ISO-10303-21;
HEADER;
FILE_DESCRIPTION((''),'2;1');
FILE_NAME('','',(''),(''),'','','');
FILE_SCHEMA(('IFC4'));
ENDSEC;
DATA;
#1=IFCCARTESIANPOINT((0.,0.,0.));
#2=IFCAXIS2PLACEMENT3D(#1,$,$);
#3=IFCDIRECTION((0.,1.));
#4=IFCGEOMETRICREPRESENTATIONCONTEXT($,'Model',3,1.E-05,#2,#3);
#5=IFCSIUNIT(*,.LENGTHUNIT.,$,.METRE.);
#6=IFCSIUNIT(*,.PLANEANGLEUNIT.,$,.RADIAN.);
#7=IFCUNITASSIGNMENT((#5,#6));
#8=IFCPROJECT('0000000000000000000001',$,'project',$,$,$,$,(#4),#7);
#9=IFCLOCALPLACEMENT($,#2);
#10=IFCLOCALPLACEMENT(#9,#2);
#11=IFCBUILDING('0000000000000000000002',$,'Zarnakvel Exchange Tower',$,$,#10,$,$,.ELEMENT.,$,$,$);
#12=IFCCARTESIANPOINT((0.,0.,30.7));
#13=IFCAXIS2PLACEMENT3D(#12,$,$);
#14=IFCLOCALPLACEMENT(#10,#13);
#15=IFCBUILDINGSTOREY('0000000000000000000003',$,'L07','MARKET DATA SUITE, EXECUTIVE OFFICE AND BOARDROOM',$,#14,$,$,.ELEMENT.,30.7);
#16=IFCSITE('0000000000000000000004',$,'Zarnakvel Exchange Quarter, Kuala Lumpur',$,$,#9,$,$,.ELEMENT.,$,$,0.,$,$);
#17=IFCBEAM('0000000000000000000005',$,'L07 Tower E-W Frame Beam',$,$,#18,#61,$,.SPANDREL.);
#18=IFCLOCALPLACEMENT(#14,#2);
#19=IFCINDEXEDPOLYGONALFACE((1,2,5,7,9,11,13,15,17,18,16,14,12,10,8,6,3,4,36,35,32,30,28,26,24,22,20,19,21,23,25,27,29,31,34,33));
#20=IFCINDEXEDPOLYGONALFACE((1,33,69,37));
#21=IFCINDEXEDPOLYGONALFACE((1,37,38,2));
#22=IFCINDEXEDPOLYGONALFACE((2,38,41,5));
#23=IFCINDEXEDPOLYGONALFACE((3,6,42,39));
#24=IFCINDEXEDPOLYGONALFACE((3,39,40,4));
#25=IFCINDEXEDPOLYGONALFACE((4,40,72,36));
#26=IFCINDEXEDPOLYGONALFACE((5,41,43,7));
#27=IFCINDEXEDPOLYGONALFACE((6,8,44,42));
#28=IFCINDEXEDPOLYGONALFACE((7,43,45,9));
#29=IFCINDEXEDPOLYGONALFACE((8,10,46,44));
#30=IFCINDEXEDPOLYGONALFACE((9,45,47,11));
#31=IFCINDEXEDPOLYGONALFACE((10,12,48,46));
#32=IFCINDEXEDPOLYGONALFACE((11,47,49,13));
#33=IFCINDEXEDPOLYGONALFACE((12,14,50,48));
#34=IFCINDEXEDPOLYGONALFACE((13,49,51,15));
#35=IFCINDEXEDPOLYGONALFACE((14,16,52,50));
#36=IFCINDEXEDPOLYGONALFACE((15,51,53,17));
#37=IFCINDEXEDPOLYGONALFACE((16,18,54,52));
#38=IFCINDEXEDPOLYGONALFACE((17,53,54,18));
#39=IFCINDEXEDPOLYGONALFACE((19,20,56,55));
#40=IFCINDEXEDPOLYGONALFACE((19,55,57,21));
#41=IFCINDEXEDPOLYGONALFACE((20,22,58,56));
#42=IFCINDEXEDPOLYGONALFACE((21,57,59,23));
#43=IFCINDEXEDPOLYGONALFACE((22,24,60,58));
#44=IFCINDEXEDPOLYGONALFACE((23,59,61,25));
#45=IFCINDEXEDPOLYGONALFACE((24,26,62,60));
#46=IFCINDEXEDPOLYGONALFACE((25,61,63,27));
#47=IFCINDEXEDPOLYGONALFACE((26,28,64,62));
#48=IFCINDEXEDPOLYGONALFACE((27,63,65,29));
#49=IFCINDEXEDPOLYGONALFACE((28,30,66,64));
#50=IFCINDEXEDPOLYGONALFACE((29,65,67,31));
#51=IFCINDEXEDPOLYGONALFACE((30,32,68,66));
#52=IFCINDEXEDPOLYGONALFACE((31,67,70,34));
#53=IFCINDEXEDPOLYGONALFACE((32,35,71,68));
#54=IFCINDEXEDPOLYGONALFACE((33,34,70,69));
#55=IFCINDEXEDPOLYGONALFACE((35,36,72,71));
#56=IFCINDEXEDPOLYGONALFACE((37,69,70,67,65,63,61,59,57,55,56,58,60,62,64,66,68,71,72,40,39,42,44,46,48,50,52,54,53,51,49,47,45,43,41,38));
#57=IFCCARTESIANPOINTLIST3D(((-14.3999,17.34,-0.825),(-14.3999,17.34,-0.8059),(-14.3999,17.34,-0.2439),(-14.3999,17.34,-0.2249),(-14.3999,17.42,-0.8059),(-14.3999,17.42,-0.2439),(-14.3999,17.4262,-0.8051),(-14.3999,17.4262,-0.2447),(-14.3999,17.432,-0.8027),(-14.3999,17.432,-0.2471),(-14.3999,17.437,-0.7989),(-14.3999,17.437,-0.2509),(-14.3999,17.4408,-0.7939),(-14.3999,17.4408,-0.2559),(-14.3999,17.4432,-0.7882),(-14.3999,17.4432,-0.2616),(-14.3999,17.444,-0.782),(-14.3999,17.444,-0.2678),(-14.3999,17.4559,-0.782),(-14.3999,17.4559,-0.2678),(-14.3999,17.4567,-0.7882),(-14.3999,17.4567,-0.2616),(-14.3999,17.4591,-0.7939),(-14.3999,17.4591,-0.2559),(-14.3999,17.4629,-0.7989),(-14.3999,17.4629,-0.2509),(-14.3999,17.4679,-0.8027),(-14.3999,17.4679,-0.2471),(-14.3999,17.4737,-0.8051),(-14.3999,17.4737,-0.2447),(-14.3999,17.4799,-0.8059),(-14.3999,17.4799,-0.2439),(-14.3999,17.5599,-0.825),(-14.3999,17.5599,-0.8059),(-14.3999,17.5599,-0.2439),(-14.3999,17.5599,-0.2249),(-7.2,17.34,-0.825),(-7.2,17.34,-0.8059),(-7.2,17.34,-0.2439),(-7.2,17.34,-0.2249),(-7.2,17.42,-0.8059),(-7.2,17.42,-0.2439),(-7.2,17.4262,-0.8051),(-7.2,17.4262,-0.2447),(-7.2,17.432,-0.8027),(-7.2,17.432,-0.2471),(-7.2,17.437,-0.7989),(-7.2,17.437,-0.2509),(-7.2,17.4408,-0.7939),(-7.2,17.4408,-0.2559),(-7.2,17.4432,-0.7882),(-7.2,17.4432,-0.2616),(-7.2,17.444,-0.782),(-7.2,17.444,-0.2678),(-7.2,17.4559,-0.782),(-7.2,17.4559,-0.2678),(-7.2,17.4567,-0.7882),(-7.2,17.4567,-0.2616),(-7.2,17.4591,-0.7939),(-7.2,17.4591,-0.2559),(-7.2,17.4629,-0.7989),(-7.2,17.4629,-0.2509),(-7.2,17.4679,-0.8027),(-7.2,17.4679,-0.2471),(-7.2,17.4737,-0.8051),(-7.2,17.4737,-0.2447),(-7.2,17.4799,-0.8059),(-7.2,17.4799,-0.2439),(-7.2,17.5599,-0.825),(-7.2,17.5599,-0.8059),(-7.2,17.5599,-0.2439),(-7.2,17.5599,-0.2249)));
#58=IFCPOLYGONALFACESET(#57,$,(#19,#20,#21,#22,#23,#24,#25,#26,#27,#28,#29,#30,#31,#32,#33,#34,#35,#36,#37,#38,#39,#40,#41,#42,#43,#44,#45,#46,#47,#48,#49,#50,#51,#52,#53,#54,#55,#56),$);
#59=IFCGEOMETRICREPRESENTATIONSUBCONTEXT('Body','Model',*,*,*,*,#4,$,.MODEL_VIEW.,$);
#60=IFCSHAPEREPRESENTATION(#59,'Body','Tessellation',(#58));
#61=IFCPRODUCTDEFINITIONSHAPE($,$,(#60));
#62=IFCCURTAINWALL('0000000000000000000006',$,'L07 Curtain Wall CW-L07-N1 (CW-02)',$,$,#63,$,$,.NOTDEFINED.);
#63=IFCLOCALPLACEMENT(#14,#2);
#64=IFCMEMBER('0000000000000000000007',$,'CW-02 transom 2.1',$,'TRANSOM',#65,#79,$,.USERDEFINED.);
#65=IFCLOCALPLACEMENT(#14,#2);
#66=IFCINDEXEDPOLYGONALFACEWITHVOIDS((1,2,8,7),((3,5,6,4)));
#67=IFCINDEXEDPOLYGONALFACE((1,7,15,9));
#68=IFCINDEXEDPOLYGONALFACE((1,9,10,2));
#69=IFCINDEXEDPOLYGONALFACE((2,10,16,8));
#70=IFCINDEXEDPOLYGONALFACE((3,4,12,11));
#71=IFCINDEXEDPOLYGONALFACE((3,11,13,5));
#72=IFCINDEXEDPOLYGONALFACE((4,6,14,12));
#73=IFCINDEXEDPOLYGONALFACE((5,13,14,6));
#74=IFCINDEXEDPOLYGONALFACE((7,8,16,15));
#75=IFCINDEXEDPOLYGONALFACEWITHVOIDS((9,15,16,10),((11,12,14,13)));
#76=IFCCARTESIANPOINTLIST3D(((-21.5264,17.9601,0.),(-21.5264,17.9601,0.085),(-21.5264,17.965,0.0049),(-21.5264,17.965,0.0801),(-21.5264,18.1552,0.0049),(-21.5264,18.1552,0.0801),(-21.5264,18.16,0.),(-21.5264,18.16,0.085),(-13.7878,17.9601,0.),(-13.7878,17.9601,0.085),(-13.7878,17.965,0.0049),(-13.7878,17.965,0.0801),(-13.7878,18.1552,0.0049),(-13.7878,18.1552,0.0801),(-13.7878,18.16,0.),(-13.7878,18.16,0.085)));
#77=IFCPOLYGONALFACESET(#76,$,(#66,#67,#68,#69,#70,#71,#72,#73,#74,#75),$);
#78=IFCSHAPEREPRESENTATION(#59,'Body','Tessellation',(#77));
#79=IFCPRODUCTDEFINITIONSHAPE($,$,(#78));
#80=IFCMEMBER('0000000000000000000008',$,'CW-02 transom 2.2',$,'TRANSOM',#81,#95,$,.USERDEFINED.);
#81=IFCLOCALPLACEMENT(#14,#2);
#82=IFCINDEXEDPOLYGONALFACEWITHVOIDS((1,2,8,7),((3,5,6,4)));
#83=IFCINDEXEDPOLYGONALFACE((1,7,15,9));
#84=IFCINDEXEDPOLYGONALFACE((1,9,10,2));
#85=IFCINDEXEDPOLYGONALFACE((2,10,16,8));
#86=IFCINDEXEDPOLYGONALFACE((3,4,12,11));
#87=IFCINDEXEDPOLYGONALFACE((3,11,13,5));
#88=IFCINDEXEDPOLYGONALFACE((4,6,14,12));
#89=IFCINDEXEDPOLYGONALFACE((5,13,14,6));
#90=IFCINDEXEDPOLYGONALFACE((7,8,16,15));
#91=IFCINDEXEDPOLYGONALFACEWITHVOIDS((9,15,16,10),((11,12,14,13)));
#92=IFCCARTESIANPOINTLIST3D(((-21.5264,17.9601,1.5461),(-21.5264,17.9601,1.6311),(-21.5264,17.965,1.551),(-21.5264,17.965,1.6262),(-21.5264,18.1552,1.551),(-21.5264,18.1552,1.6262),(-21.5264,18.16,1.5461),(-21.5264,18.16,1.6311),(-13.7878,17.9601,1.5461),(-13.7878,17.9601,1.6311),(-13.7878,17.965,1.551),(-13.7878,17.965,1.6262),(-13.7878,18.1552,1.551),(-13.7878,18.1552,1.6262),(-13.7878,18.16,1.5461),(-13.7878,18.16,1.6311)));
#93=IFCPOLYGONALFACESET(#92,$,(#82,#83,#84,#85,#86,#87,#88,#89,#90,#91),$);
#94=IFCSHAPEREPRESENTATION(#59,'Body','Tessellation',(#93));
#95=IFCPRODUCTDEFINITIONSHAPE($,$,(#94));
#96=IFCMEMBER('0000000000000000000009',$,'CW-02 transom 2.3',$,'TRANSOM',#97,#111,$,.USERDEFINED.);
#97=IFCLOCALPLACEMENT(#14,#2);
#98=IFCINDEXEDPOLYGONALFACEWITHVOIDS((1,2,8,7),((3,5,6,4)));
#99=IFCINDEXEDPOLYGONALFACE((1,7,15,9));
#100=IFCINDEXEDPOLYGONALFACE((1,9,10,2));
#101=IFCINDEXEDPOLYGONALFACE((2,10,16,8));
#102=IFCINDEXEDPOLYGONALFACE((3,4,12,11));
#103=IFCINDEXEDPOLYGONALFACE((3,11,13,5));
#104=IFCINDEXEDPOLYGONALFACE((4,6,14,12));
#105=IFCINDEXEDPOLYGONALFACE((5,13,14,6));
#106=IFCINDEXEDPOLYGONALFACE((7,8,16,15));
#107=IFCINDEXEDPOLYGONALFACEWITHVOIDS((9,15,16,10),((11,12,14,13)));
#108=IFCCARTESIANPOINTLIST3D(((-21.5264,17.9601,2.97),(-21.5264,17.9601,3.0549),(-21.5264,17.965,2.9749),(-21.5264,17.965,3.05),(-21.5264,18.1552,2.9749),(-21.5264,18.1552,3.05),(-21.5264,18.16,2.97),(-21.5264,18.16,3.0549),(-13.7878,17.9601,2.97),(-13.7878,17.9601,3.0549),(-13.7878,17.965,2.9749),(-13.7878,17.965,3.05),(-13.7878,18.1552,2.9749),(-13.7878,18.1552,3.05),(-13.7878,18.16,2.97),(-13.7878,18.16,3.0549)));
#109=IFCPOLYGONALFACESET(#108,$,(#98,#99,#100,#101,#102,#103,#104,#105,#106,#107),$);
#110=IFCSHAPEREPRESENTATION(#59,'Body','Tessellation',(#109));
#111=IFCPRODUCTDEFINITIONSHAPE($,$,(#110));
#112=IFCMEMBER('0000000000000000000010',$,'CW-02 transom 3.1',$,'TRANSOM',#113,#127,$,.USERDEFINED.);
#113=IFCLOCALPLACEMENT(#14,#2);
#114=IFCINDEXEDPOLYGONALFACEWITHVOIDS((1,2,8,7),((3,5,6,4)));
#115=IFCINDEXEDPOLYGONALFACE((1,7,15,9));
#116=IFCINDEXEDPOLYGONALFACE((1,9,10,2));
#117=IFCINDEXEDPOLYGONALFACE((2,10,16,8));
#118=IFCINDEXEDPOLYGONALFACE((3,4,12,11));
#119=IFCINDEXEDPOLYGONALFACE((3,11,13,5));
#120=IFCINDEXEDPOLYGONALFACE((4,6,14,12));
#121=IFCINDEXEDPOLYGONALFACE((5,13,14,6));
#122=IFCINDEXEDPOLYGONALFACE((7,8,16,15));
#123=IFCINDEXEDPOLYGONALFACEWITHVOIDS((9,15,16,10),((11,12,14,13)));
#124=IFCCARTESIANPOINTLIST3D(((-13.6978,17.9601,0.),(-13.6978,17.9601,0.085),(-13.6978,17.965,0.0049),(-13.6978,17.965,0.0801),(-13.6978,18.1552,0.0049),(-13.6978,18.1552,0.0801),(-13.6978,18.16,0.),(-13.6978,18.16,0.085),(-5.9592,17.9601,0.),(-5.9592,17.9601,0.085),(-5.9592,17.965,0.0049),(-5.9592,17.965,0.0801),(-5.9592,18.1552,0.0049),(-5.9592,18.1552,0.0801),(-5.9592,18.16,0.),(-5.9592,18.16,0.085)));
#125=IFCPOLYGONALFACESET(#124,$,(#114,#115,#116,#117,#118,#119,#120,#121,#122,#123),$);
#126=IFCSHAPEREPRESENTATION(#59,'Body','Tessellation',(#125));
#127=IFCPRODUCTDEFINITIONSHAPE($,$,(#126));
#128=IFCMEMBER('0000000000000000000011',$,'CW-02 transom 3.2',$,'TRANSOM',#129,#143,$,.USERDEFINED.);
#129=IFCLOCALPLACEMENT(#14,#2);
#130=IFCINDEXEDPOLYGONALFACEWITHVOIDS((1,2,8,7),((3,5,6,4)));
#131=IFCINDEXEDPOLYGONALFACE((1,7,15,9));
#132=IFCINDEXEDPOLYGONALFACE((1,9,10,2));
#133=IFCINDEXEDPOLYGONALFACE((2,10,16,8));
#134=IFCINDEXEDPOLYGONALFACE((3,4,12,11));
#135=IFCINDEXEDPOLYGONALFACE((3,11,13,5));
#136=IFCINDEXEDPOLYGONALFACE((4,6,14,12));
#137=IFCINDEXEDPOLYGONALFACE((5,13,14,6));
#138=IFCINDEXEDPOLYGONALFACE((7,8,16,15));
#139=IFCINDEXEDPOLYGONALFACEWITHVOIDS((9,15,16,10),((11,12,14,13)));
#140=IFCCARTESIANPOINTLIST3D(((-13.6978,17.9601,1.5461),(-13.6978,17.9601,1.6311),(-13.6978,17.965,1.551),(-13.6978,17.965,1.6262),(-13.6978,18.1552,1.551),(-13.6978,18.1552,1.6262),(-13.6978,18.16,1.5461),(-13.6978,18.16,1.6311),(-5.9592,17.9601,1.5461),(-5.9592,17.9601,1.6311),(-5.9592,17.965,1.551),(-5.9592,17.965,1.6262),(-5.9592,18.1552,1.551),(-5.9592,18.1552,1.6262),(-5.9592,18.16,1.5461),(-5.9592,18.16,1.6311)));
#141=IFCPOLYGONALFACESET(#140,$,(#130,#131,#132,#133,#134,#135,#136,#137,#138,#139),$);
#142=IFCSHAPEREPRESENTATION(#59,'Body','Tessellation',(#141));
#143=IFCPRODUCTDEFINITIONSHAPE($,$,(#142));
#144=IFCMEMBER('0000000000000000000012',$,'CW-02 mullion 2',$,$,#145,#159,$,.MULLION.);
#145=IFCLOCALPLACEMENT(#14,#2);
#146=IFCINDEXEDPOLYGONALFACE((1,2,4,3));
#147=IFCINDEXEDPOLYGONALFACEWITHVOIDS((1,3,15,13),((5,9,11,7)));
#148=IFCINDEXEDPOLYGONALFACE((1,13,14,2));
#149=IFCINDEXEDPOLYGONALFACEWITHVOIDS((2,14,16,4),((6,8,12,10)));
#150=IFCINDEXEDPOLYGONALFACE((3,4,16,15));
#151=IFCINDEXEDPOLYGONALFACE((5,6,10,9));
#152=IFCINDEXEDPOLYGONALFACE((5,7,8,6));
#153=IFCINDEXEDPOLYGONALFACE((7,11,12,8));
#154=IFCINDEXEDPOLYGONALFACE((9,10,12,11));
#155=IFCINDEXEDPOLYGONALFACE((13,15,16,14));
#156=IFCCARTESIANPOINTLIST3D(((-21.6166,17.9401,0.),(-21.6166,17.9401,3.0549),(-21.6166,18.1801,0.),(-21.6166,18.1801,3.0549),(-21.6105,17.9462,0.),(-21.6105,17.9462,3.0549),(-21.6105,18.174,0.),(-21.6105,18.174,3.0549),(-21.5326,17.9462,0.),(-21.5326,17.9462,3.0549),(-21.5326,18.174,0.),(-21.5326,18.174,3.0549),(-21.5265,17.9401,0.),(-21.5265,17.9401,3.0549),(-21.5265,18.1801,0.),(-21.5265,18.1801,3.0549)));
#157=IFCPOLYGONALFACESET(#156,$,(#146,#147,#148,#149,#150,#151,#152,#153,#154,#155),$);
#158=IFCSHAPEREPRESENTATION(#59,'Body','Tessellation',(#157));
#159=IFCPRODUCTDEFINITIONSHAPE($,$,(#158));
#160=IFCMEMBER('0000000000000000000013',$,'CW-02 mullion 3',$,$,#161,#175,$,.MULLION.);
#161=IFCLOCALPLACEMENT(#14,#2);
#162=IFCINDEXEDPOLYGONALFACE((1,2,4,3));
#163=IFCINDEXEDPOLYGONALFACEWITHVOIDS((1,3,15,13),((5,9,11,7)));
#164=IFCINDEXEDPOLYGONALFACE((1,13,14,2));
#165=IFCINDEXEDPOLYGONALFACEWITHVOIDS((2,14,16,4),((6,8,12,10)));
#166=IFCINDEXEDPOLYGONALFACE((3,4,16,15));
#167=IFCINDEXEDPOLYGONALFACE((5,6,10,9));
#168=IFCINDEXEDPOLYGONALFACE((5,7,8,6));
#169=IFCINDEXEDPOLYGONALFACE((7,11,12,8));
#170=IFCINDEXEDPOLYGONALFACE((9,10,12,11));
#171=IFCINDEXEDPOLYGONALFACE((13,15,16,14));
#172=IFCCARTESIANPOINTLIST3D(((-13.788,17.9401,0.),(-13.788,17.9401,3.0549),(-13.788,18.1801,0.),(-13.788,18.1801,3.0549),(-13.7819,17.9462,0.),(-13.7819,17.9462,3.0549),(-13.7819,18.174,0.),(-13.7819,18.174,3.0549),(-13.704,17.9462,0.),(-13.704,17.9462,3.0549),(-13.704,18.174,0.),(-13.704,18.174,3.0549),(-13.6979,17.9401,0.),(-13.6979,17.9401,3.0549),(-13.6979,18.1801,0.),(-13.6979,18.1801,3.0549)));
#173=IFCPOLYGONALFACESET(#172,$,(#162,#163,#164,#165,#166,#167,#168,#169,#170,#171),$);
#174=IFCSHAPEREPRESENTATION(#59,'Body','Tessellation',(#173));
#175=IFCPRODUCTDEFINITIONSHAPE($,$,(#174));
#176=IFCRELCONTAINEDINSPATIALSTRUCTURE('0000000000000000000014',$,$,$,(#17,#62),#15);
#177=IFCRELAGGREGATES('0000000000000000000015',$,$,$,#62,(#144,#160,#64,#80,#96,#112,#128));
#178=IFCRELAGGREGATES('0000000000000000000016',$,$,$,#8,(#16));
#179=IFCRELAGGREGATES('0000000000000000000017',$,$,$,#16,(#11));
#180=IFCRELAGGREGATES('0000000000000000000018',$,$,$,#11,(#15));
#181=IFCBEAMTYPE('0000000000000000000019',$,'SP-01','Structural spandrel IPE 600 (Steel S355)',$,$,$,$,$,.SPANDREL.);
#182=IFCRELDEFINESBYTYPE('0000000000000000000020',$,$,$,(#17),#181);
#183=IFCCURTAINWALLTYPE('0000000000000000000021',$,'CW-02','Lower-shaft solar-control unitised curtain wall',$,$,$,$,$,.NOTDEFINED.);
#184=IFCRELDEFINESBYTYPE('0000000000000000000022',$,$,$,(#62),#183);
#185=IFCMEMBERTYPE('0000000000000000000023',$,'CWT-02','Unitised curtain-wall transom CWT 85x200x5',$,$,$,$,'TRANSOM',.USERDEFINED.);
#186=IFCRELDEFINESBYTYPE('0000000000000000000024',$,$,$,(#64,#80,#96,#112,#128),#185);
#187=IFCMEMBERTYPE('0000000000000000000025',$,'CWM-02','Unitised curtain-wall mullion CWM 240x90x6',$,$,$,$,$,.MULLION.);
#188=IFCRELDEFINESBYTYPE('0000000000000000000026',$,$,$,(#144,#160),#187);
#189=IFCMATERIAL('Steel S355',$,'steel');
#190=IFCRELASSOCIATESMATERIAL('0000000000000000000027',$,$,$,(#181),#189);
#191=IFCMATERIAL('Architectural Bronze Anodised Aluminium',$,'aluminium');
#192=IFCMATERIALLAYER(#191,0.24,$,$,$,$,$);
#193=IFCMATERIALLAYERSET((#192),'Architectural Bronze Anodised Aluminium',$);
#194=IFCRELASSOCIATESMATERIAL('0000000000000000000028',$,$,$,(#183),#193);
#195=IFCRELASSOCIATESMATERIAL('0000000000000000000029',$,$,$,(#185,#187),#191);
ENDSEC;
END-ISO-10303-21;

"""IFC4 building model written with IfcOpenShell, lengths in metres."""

from ifc_helpers import new_model, si_unit, direction, frame, origin, origin_2d, place, context, subcontext, project, spatial, hollow_rectangle, i_section, extrude, source, transform, mapped, material, layer, layer_set, material_profile, profile_set, type_object, element, aggregate, save


model = new_model("IFC4")

# Units and contexts
model_context = context("Model", 3, precision=1e-05, world=origin(), true_north=direction((0.0, 1.0)))
body_context = subcontext(model_context, "Body", "Model", "MODEL_VIEW")
ifc_project = project(units=[si_unit("LENGTHUNIT", "METRE"), si_unit("PLANEANGLEUNIT", "RADIAN")], contexts=[model_context])

# Site, building, storey
site_placement = place(None, origin())
site = spatial("IfcSite", under=ifc_project, at=site_placement, Name="Zarnakvel Exchange Quarter, Kuala Lumpur", CompositionType="ELEMENT", RefElevation=0.0)
building_placement = place(site_placement, origin())
building = spatial("IfcBuilding", under=site, at=building_placement, Name="Zarnakvel Exchange Tower", CompositionType="ELEMENT")
storey_placement = place(building_placement, frame((0.0, 0.0, 30.7)))
storey = spatial("IfcBuildingStorey", under=building, at=storey_placement, Name="L07", Description="MARKET DATA SUITE, EXECUTIVE OFFICE AND BOARDROOM", CompositionType="ELEMENT", Elevation=30.7)

# Beam
ifc_material_1 = material(Name="Steel S355", Category="steel")
ifc_material_profile_1 = material_profile(ifc_material_1, i_section(OverallWidth=0.22, OverallDepth=0.6001, WebThickness=0.012, FlangeThickness=0.019, FilletRadius=0.0239, at=origin_2d()))
ifc_profile_set_1 = profile_set([ifc_material_profile_1], Name="Steel S355")
beam_type_1 = type_object("IfcBeamType", Name="SP-01", Description="Structural spandrel IPE 600 (Steel S355)", PredefinedType="SPANDREL", material=ifc_profile_set_1)
beam_1_placement = place(storey_placement, frame((-14.3999, 17.45, -0.5249), z_axis=(1.0, 0.0, 0.0), x_axis=(0.0, 1.0, 0.0)))
element("IfcBeam", 1, at=beam_1_placement, inside=storey, type_object=beam_type_1, Name="L07 Tower E-W Frame Beam", PredefinedType="SPANDREL", context=body_context, shape_type="SweptSolid", body=[
    extrude(i_section(OverallWidth=0.22, OverallDepth=0.6001, WebThickness=0.012, FlangeThickness=0.019, FilletRadius=0.0239, at=origin_2d()), origin(), (0.0, 0.0, 1.0), 7.2),
])

# Curtain wall, members
ifc_material_2 = material(Name="Architectural Bronze Anodised Aluminium", Category="aluminium")
ifc_layer_1 = layer(ifc_material_2, 0.24)
ifc_layer_set_1 = layer_set([ifc_layer_1], Name="Architectural Bronze Anodised Aluminium")
curtain_wall_type = type_object("IfcCurtainWallType", Name="CW-02", Description="Lower-shaft solar-control unitised curtain wall", PredefinedType="NOTDEFINED", material=ifc_layer_set_1)
curtain_wall_placement = place(storey_placement, origin())
curtain_wall = element("IfcCurtainWall", 2, at=curtain_wall_placement, inside=storey, type_object=curtain_wall_type, Name="L07 Curtain Wall CW-L07-N1 (CW-02)", PredefinedType="NOTDEFINED")
ifc_material_profile_2 = material_profile(ifc_material_2, hollow_rectangle(XDim=0.2, YDim=0.085, WallThickness=0.0049, at=origin_2d()))
ifc_profile_set_2 = profile_set([ifc_material_profile_2], Name="Architectural Bronze Anodised Aluminium")
member_type_1 = type_object("IfcMemberType", Name="CWT-02", Description="Unitised curtain-wall transom CWT 85x200x5", ElementType="TRANSOM", PredefinedType="USERDEFINED", material=ifc_profile_set_2)
shared_shape_1 = source(origin(), body_context, "Body", "SweptSolid", [
    extrude(hollow_rectangle(XDim=0.2, YDim=0.085, WallThickness=0.0049, at=origin_2d()), origin(), (0.0, 0.0, 1.0), 7.7385),
])
member_1_placement = place(storey_placement, frame((-21.5264, 18.0601, 0.0425), z_axis=(1.0, 0.0, 0.0), x_axis=(0.0, 1.0, 0.0)))
member_1 = element("IfcMember", 3, at=member_1_placement, type_object=member_type_1, Name="CW-02 transom 2.1", ObjectType="TRANSOM", PredefinedType="USERDEFINED", context=body_context, shape_type="MappedRepresentation", body=[
    mapped(shared_shape_1, transform((0.0, 0.0, 0.0), x_axis=(1.0, 0.0, 0.0), y_axis=(0.0, 1.0, 0.0), z_axis=(0.0, 0.0, 1.0), scale=1.0)),
])
member_2_placement = place(storey_placement, frame((-21.5264, 18.0601, 1.5886), z_axis=(1.0, 0.0, 0.0), x_axis=(0.0, 1.0, 0.0)))
member_2 = element("IfcMember", 4, at=member_2_placement, type_object=member_type_1, Name="CW-02 transom 2.2", ObjectType="TRANSOM", PredefinedType="USERDEFINED", context=body_context, shape_type="MappedRepresentation", body=[
    mapped(shared_shape_1, transform((0.0, 0.0, 0.0), x_axis=(1.0, 0.0, 0.0), y_axis=(0.0, 1.0, 0.0), z_axis=(0.0, 0.0, 1.0), scale=1.0)),
])
member_3_placement = place(storey_placement, frame((-21.5264, 18.0601, 3.0125), z_axis=(1.0, 0.0, 0.0), x_axis=(0.0, 1.0, 0.0)))
member_3 = element("IfcMember", 5, at=member_3_placement, type_object=member_type_1, Name="CW-02 transom 2.3", ObjectType="TRANSOM", PredefinedType="USERDEFINED", context=body_context, shape_type="MappedRepresentation", body=[
    mapped(shared_shape_1, transform((0.0, 0.0, 0.0), x_axis=(1.0, 0.0, 0.0), y_axis=(0.0, 1.0, 0.0), z_axis=(0.0, 0.0, 1.0), scale=1.0)),
])
member_4_placement = place(storey_placement, frame((-13.6978, 18.0601, 0.0425), z_axis=(1.0, 0.0, 0.0), x_axis=(0.0, 1.0, 0.0)))
member_4 = element("IfcMember", 6, at=member_4_placement, type_object=member_type_1, Name="CW-02 transom 3.1", ObjectType="TRANSOM", PredefinedType="USERDEFINED", context=body_context, shape_type="MappedRepresentation", body=[
    mapped(shared_shape_1, transform((0.0, 0.0, 0.0), x_axis=(1.0, 0.0, 0.0), y_axis=(0.0, 1.0, 0.0), z_axis=(0.0, 0.0, 1.0), scale=1.0)),
])
member_5_placement = place(storey_placement, frame((-13.6978, 18.0601, 1.5886), z_axis=(1.0, 0.0, 0.0), x_axis=(0.0, 1.0, 0.0)))
member_5 = element("IfcMember", 7, at=member_5_placement, type_object=member_type_1, Name="CW-02 transom 3.2", ObjectType="TRANSOM", PredefinedType="USERDEFINED", context=body_context, shape_type="MappedRepresentation", body=[
    mapped(shared_shape_1, transform((0.0, 0.0, 0.0), x_axis=(1.0, 0.0, 0.0), y_axis=(0.0, 1.0, 0.0), z_axis=(0.0, 0.0, 1.0), scale=1.0)),
])
ifc_material_profile_3 = material_profile(ifc_material_2, hollow_rectangle(XDim=0.24, YDim=0.0901, WallThickness=0.0061, at=origin_2d()))
ifc_profile_set_3 = profile_set([ifc_material_profile_3], Name="Architectural Bronze Anodised Aluminium")
member_type_2 = type_object("IfcMemberType", Name="CWM-02", Description="Unitised curtain-wall mullion CWM 240x90x6", PredefinedType="MULLION", material=ifc_profile_set_3)
shared_shape_2 = source(origin(), body_context, "Body", "SweptSolid", [
    extrude(hollow_rectangle(XDim=0.24, YDim=0.0901, WallThickness=0.0061, at=origin_2d()), origin(), (0.0, 0.0, 1.0), 3.0549),
])
member_6_placement = place(storey_placement, frame((-21.5715, 18.0601, 0.0), z_axis=(0.0, 0.0, 1.0), x_axis=(0.0, 1.0, 0.0)))
member_6 = element("IfcMember", 8, at=member_6_placement, type_object=member_type_2, Name="CW-02 mullion 2", PredefinedType="MULLION", context=body_context, shape_type="MappedRepresentation", body=[
    mapped(shared_shape_2, transform((0.0, 0.0, 0.0), x_axis=(1.0, 0.0, 0.0), y_axis=(0.0, 1.0, 0.0), z_axis=(0.0, 0.0, 1.0), scale=1.0)),
])
member_7_placement = place(storey_placement, frame((-13.7429, 18.0601, 0.0), z_axis=(0.0, 0.0, 1.0), x_axis=(0.0, 1.0, 0.0)))
member_7 = element("IfcMember", 9, at=member_7_placement, type_object=member_type_2, Name="CW-02 mullion 3", PredefinedType="MULLION", context=body_context, shape_type="MappedRepresentation", body=[
    mapped(shared_shape_2, transform((0.0, 0.0, 0.0), x_axis=(1.0, 0.0, 0.0), y_axis=(0.0, 1.0, 0.0), z_axis=(0.0, 0.0, 1.0), scale=1.0)),
])
aggregate(curtain_wall, [member_6, member_7, member_1, member_2, member_3, member_4, member_5])

save(model, "model.ifc")
